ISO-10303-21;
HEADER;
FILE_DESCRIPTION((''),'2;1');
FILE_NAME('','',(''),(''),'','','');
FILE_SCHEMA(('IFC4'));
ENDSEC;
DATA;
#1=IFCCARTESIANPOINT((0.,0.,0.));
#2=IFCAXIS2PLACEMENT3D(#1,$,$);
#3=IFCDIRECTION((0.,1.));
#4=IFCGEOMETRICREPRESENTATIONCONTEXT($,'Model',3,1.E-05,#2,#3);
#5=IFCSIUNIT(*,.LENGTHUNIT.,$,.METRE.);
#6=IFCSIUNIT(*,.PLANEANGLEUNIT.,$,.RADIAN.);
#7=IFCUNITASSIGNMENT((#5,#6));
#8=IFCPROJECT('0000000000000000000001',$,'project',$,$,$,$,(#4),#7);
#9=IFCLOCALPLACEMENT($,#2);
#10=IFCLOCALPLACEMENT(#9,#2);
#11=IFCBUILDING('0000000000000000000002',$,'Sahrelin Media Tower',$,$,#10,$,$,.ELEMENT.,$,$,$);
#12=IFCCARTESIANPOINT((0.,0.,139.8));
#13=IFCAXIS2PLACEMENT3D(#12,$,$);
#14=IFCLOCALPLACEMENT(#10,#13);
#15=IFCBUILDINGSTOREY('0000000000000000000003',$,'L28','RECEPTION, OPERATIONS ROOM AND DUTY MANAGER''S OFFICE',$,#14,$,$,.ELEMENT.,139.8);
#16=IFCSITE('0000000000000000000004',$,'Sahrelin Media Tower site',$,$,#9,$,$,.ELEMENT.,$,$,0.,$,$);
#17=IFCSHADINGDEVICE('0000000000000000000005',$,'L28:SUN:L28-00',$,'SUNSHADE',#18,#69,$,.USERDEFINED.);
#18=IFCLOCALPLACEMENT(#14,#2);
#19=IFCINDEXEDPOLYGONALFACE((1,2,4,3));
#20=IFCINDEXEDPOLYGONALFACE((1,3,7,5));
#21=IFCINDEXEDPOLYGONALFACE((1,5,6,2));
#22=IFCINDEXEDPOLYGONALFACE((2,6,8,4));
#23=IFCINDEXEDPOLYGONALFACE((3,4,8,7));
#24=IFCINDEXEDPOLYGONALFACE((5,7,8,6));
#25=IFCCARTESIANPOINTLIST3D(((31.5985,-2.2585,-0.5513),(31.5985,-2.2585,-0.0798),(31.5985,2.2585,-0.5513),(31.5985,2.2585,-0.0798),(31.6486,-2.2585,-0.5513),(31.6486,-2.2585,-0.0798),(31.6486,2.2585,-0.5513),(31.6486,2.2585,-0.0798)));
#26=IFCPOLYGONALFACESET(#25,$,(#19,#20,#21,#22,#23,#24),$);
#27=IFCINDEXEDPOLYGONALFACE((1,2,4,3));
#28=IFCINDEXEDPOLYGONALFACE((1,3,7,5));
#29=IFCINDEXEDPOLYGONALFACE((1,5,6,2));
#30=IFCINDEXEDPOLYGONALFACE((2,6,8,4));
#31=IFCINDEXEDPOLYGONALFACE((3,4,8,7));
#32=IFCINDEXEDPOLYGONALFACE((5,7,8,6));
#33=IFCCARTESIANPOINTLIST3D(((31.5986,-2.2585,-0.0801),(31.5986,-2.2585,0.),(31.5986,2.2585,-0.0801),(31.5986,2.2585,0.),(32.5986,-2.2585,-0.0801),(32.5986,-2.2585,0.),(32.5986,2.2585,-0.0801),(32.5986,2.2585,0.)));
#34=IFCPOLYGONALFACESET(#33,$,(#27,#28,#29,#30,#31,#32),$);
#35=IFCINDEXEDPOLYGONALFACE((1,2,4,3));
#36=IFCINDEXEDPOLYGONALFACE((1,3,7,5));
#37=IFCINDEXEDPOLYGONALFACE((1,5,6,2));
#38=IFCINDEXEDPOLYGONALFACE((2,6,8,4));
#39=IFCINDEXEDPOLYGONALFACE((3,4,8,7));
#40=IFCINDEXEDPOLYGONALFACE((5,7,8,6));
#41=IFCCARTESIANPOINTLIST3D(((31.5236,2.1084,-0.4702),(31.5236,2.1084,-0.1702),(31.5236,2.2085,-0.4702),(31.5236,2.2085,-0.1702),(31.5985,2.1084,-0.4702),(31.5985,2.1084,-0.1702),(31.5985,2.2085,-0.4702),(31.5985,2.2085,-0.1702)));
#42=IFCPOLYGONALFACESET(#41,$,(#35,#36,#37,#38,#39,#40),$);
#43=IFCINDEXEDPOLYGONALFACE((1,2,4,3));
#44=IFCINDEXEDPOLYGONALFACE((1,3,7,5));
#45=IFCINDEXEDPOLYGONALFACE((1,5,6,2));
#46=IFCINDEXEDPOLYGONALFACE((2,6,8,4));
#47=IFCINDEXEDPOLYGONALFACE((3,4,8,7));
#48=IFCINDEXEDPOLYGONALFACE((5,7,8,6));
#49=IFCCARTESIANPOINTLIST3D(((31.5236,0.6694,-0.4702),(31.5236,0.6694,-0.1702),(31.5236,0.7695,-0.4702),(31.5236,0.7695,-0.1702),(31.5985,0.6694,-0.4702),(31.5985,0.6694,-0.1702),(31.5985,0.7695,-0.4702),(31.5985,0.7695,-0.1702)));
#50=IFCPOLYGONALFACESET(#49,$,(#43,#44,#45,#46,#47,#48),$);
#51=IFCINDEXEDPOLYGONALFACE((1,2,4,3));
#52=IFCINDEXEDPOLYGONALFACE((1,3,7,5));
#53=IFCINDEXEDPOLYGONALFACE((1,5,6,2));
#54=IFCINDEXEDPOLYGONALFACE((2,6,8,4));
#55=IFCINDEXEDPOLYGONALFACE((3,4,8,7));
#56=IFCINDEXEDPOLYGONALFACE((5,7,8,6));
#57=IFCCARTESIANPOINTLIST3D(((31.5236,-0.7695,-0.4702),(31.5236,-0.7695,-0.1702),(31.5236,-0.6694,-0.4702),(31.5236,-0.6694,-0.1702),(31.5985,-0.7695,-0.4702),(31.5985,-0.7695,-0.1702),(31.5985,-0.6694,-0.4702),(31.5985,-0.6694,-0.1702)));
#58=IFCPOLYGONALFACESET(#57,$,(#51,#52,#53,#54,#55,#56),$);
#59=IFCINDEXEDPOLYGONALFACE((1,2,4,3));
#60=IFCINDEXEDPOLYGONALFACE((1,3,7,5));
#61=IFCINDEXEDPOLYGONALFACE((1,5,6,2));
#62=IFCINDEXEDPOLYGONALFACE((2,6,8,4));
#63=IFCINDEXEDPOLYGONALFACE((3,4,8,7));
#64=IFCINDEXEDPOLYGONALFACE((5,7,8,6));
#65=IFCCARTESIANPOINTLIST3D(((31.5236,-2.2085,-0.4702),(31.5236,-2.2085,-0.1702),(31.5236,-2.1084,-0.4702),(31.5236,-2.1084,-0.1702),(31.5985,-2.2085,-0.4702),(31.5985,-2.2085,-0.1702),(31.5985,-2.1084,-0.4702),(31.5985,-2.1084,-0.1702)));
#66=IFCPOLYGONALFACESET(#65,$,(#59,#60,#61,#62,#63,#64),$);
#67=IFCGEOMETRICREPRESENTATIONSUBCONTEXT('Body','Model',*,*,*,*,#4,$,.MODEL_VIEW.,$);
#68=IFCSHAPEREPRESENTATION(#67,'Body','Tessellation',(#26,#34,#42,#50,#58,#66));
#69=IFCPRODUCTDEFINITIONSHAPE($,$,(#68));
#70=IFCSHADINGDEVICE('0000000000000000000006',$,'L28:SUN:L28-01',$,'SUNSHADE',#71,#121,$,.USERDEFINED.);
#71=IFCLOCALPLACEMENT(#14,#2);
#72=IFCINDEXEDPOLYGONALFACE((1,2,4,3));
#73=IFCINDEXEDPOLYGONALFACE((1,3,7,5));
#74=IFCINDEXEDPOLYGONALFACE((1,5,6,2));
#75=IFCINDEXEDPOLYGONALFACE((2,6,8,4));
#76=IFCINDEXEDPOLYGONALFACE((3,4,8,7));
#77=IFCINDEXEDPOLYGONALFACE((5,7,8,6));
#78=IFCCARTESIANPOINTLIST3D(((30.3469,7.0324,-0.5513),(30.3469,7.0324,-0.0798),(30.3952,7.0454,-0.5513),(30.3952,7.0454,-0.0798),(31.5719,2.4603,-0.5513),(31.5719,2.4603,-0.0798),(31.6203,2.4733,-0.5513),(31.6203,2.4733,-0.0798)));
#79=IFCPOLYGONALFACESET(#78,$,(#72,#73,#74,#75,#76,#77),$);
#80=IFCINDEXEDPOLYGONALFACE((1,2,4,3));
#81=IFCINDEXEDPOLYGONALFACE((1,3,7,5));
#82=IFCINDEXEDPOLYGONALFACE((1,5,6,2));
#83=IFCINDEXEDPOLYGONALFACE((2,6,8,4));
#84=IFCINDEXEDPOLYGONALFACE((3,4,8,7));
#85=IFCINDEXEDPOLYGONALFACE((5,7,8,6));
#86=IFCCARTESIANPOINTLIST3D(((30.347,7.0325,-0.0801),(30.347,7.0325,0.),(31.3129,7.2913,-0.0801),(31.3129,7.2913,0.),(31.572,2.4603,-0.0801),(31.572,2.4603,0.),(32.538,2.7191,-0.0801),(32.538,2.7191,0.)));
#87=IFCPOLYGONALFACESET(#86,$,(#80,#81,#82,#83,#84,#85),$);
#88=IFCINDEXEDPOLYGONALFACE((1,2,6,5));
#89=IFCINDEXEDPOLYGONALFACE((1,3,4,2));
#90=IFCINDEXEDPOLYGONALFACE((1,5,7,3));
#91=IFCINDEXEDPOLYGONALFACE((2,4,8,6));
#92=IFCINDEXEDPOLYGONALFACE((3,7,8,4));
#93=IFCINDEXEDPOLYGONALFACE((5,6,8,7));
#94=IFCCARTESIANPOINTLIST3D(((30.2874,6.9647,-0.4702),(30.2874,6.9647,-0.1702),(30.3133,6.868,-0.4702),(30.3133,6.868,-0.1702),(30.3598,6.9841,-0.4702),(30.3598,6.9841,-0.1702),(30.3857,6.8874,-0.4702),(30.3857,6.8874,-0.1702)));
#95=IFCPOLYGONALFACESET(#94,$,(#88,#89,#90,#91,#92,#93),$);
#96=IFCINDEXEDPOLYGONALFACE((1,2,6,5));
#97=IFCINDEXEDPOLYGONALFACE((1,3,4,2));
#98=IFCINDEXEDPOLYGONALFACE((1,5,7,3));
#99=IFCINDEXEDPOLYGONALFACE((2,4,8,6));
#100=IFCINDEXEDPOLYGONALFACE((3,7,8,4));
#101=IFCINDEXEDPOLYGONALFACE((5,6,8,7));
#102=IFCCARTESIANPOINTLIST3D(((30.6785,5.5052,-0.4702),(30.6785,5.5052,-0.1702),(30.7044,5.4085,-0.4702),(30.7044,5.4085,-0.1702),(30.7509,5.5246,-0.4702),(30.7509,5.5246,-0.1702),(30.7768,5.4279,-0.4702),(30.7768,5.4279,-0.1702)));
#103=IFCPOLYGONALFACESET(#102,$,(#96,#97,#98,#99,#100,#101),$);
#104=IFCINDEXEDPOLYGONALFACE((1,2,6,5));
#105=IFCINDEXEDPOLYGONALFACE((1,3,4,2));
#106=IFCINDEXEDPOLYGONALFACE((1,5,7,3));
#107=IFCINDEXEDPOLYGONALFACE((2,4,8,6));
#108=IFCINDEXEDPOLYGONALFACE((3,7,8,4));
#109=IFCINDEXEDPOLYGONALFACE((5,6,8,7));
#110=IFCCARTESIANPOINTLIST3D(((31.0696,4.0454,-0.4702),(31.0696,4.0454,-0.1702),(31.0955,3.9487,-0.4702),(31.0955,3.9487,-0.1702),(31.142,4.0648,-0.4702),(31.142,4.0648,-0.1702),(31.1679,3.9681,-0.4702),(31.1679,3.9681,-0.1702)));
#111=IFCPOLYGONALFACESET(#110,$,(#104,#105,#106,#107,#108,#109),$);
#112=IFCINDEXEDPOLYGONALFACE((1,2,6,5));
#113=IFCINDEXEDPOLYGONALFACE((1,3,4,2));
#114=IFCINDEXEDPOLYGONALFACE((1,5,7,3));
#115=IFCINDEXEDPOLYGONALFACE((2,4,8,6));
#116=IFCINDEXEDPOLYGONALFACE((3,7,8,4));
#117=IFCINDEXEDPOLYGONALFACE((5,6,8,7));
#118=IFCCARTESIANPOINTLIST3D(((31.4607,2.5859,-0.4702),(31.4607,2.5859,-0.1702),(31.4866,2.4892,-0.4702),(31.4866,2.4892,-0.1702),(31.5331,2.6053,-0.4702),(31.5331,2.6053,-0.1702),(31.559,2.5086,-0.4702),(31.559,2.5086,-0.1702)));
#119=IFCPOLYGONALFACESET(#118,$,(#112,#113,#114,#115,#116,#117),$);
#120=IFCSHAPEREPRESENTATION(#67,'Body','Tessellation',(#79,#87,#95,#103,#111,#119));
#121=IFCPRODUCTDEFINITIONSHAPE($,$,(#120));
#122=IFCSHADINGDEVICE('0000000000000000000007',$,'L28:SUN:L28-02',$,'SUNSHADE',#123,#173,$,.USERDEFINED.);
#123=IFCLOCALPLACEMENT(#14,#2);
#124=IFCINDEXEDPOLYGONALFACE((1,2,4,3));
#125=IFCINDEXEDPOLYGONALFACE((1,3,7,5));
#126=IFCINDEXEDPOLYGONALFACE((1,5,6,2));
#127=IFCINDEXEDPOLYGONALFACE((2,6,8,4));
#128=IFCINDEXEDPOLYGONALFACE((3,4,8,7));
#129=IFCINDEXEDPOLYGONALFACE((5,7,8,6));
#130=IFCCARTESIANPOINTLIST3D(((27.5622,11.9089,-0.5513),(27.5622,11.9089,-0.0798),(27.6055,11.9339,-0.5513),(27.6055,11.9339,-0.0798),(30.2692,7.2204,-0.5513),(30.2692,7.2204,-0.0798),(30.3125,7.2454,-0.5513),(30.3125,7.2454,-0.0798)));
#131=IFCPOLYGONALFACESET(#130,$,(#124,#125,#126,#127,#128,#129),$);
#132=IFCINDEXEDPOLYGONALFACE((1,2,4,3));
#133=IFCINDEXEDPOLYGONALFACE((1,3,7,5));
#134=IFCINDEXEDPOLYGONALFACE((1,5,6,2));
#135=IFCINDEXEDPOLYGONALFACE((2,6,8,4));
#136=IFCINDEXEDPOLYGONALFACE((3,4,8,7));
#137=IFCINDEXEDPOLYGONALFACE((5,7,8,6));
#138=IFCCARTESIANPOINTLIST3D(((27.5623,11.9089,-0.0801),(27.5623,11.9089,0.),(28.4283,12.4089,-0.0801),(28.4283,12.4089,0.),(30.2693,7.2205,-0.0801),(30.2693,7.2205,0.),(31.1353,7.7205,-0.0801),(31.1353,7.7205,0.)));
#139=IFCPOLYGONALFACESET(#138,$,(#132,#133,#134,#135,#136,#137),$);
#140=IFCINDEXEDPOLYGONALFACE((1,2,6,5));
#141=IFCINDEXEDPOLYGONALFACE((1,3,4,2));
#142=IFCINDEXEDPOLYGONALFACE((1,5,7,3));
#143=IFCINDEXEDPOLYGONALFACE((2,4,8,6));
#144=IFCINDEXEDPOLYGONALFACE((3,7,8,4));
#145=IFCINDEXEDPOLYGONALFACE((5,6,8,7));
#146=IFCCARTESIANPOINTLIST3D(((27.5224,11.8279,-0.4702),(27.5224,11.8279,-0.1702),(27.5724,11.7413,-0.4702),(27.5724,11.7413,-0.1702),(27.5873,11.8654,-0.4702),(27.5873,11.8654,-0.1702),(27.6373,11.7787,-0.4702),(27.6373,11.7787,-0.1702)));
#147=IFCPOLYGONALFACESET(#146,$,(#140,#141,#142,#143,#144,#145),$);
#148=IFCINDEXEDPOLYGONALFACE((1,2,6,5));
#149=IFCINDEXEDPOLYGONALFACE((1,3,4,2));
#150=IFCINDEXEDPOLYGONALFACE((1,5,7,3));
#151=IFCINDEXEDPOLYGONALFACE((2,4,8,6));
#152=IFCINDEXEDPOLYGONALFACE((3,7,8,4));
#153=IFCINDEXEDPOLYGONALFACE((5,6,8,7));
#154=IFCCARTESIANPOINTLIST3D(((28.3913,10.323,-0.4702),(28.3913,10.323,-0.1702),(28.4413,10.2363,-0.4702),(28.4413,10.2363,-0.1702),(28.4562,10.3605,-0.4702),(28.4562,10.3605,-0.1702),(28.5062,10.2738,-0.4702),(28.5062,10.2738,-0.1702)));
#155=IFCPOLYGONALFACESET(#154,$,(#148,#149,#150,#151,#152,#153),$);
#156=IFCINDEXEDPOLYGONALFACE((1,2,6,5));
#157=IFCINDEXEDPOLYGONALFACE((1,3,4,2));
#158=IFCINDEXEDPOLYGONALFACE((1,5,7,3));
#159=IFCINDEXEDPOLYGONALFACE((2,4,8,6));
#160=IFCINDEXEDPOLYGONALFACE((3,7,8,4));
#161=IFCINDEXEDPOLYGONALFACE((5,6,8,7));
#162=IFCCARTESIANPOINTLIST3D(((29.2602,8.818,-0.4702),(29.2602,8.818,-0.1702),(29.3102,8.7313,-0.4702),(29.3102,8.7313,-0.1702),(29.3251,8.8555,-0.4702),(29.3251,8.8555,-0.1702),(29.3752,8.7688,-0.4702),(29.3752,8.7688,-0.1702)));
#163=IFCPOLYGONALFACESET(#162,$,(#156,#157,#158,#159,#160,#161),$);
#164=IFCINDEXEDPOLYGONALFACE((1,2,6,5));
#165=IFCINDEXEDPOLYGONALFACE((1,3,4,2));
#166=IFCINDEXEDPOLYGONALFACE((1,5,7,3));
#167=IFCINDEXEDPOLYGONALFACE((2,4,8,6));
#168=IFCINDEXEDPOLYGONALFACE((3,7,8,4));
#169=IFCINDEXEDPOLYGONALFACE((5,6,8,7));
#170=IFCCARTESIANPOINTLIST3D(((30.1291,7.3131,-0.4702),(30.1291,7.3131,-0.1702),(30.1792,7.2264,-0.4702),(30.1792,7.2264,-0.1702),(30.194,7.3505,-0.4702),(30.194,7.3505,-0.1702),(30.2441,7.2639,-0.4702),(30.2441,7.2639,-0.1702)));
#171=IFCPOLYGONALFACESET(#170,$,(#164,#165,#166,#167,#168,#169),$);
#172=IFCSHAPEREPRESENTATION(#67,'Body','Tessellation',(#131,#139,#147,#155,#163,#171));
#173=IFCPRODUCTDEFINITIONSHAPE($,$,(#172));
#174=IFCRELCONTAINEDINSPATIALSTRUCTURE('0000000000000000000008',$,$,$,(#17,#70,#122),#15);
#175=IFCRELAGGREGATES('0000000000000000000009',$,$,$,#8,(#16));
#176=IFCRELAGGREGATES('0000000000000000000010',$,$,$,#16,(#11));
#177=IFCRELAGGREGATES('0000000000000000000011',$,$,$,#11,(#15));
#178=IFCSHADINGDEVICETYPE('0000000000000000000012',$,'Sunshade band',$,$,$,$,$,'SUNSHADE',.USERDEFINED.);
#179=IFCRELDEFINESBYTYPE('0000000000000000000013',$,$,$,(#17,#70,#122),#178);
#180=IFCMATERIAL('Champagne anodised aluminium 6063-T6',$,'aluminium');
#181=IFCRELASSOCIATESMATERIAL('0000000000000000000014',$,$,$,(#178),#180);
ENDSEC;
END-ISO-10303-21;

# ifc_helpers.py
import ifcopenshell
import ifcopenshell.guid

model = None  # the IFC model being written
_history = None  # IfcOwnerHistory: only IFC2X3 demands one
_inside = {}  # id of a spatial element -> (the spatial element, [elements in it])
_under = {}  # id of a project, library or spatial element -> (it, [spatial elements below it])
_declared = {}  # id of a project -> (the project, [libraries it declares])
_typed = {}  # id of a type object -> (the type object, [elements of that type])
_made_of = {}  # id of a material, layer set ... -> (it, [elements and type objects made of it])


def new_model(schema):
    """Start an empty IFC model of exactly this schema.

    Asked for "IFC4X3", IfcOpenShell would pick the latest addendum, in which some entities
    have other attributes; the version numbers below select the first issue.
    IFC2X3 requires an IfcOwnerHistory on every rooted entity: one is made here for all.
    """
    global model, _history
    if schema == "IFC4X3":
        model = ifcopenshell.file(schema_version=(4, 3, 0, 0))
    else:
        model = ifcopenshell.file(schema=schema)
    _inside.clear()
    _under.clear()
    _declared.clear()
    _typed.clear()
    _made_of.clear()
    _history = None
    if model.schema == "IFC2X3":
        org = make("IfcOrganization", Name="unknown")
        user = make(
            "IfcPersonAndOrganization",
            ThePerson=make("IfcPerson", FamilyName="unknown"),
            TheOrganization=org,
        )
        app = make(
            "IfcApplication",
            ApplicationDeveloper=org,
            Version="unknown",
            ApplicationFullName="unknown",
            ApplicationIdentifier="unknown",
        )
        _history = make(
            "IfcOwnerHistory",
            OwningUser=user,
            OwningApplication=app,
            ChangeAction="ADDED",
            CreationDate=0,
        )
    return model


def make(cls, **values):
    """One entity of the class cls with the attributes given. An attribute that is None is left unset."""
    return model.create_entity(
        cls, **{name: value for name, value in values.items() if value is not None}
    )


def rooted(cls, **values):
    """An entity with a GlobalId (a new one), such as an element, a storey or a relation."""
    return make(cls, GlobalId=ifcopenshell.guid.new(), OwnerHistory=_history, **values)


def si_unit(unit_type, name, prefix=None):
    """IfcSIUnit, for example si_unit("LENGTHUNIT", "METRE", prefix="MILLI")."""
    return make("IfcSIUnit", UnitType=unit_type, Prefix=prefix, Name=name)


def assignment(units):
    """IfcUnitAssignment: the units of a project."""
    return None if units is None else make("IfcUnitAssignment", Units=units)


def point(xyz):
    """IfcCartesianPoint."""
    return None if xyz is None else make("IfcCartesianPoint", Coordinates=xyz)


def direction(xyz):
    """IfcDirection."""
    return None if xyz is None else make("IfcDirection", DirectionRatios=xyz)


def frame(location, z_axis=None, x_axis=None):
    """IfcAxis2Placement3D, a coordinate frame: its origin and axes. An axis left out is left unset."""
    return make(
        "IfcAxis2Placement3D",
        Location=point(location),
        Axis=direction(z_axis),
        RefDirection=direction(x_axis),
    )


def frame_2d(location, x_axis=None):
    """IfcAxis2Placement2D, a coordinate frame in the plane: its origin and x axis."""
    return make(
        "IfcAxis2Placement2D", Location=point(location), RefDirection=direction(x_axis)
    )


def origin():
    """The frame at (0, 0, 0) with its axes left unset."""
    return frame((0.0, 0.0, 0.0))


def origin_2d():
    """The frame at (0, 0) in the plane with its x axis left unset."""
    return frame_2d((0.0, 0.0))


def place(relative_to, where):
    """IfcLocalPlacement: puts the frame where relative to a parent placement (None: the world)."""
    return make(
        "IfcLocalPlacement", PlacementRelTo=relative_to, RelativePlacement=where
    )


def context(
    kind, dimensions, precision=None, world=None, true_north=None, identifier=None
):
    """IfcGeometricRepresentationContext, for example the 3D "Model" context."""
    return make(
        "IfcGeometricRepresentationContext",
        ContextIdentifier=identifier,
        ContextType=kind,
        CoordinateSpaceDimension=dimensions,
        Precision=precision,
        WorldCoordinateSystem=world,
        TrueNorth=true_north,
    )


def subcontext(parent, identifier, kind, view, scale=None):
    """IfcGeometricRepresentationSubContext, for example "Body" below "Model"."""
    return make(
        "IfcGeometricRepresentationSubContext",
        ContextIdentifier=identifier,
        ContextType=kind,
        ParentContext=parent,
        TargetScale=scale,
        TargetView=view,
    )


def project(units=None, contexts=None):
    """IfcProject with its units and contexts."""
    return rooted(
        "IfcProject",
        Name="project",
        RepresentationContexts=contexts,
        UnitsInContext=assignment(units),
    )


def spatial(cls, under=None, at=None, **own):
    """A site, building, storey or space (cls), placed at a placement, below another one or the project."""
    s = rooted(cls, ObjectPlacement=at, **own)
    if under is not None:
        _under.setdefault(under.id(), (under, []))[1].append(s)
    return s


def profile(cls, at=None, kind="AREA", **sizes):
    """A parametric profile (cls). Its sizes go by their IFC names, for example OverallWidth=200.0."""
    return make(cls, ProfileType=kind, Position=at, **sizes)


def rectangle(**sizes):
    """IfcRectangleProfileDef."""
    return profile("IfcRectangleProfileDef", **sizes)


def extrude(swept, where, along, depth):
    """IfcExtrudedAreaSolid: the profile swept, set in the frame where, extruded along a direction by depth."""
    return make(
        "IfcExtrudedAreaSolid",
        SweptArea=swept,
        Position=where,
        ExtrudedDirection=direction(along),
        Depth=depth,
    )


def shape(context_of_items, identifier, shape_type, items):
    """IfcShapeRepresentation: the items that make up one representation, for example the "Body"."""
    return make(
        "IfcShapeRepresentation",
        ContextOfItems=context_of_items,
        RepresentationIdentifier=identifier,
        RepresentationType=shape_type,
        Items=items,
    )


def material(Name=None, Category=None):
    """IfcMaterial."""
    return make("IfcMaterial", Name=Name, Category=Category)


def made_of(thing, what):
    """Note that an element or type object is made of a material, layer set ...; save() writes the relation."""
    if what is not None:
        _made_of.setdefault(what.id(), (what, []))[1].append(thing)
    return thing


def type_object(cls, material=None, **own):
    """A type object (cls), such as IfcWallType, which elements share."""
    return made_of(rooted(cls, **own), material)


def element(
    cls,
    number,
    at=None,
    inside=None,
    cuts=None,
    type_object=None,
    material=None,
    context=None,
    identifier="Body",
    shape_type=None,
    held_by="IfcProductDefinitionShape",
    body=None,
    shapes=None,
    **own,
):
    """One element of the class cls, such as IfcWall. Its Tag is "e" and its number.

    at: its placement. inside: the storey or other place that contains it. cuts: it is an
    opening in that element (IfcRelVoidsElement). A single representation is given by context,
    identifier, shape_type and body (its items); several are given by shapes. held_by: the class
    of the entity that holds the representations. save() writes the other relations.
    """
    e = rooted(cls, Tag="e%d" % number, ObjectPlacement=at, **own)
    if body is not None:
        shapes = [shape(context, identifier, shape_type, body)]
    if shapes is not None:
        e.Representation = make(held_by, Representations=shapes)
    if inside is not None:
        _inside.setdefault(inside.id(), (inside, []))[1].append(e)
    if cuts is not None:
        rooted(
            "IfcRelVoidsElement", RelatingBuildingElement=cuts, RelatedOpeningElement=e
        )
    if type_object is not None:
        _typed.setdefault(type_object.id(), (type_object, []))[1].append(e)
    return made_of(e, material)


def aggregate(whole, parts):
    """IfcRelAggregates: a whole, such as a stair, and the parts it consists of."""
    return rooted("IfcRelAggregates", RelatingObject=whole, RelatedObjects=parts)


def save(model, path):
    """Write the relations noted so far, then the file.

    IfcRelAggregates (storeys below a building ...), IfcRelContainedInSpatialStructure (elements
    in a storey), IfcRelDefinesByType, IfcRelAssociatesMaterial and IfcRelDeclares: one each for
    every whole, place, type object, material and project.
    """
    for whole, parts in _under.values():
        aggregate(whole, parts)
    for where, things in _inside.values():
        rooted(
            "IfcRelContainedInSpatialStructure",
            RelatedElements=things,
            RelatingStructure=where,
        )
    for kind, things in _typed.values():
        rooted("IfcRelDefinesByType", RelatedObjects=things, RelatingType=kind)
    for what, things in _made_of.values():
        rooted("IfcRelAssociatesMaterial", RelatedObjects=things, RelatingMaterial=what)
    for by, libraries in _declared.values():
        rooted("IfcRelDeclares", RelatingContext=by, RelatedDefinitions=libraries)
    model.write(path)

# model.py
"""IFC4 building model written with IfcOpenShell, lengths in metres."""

from ifc_helpers import new_model, si_unit, direction, frame, origin, origin_2d, place, context, subcontext, project, spatial, rectangle, extrude, material, type_object, element, save


model = new_model("IFC4")

# Units and contexts
model_context = context("Model", 3, precision=1e-05, world=origin(), true_north=direction((0.0, 1.0)))
body_context = subcontext(model_context, "Body", "Model", "MODEL_VIEW")
ifc_project = project(units=[si_unit("LENGTHUNIT", "METRE"), si_unit("PLANEANGLEUNIT", "RADIAN")], contexts=[model_context])

# Site, building, storey
site_placement = place(None, origin())
site = spatial("IfcSite", under=ifc_project, at=site_placement, Name="Sahrelin Media Tower site", CompositionType="ELEMENT", RefElevation=0.0)
building_placement = place(site_placement, origin())
building = spatial("IfcBuilding", under=site, at=building_placement, Name="Sahrelin Media Tower", CompositionType="ELEMENT")
storey_placement = place(building_placement, frame((0.0, 0.0, 139.8)))
storey = spatial("IfcBuildingStorey", under=building, at=storey_placement, Name="L28", Description="RECEPTION, OPERATIONS ROOM AND DUTY MANAGER'S OFFICE", CompositionType="ELEMENT", Elevation=139.8)

# Shared definitions
ifc_material_1 = material(Name="Champagne anodised aluminium 6063-T6", Category="aluminium")

# Shading devices
placement_1 = place(storey_placement, frame((31.5786, 0.0, 0.0), z_axis=(0.0, 0.0, 1.0), x_axis=(0.0, -1.0, 0.0)))
placement_2 = place(storey_placement, frame((30.9402, 4.7412, 0.0), z_axis=(0.0, 0.0, 1.0), x_axis=(0.258808, -0.965929, 0.0)))
placement_3 = place(storey_placement, frame((28.8984, 9.5547, 0.0), z_axis=(0.0, 0.0, 1.0), x_axis=(0.500011, -0.866019, 0.0)))
shading_device_type_1 = type_object("IfcShadingDeviceType", Name="Sunshade band", ElementType="SUNSHADE", PredefinedType="USERDEFINED", material=ifc_material_1)
element("IfcShadingDevice", 1, at=placement_1, inside=storey, type_object=shading_device_type_1, Name="L28:SUN:L28-00", ObjectType="SUNSHADE", PredefinedType="USERDEFINED", context=body_context, shape_type="SweptSolid", body=[
    extrude(rectangle(XDim=4.5171, YDim=0.05, at=origin_2d()), frame((0.0, 0.0449, -0.5513)), (0.0, 0.0, 1.0), 0.4714),
    extrude(rectangle(XDim=4.5171, YDim=1.0, at=origin_2d()), frame((0.0, 0.52, -0.0801)), (0.0, 0.0, 1.0), 0.0801),
    extrude(rectangle(XDim=0.1001, YDim=0.075, at=origin_2d()), frame((-2.1584, -0.0176, -0.4702)), (0.0, 0.0, 1.0), 0.3),
    extrude(rectangle(XDim=0.1001, YDim=0.075, at=origin_2d()), frame((-0.7195, -0.0176, -0.4702)), (0.0, 0.0, 1.0), 0.3),
    extrude(rectangle(XDim=0.1001, YDim=0.075, at=origin_2d()), frame((0.7195, -0.0176, -0.4702)), (0.0, 0.0, 1.0), 0.3),
    extrude(rectangle(XDim=0.1001, YDim=0.075, at=origin_2d()), frame((2.1584, -0.0176, -0.4702)), (0.0, 0.0, 1.0), 0.3),
])
element("IfcShadingDevice", 2, at=placement_2, inside=storey, type_object=shading_device_type_1, Name="L28:SUN:L28-01", ObjectType="SUNSHADE", PredefinedType="USERDEFINED", context=body_context, shape_type="SweptSolid", body=[
    extrude(rectangle(XDim=4.7334, YDim=0.05, at=origin_2d()), frame((0.0, 0.0449, -0.5513)), (0.0, 0.0, 1.0), 0.4714),
    extrude(rectangle(XDim=4.7334, YDim=1.0, at=origin_2d()), frame((0.0, 0.52, -0.0801)), (0.0, 0.0, 1.0), 0.0801),
    extrude(rectangle(XDim=0.1001, YDim=0.075, at=origin_2d()), frame((-2.2666, -0.0176, -0.4702)), (0.0, 0.0, 1.0), 0.3),
    extrude(rectangle(XDim=0.1001, YDim=0.075, at=origin_2d()), frame((-0.7556, -0.0176, -0.4702)), (0.0, 0.0, 1.0), 0.3),
    extrude(rectangle(XDim=0.1001, YDim=0.075, at=origin_2d()), frame((0.7556, -0.0176, -0.4702)), (0.0, 0.0, 1.0), 0.3),
    extrude(rectangle(XDim=0.1001, YDim=0.075, at=origin_2d()), frame((2.2666, -0.0176, -0.4702)), (0.0, 0.0, 1.0), 0.3),
])
element("IfcShadingDevice", 3, at=placement_3, inside=storey, type_object=shading_device_type_1, Name="L28:SUN:L28-02", ObjectType="SUNSHADE", PredefinedType="USERDEFINED", context=body_context, shape_type="SweptSolid", body=[
    extrude(rectangle(XDim=5.4138, YDim=0.05, at=origin_2d()), frame((0.0, 0.0449, -0.5513)), (0.0, 0.0, 1.0), 0.4714),
    extrude(rectangle(XDim=5.4138, YDim=1.0, at=origin_2d()), frame((0.0, 0.52, -0.0801)), (0.0, 0.0, 1.0), 0.0801),
    extrude(rectangle(XDim=0.1001, YDim=0.075, at=origin_2d()), frame((-2.6067, -0.0176, -0.4702)), (0.0, 0.0, 1.0), 0.3),
    extrude(rectangle(XDim=0.1001, YDim=0.075, at=origin_2d()), frame((-0.8689, -0.0176, -0.4702)), (0.0, 0.0, 1.0), 0.3),
    extrude(rectangle(XDim=0.1001, YDim=0.075, at=origin_2d()), frame((0.8689, -0.0176, -0.4702)), (0.0, 0.0, 1.0), 0.3),
    extrude(rectangle(XDim=0.1001, YDim=0.075, at=origin_2d()), frame((2.6067, -0.0176, -0.4702)), (0.0, 0.0, 1.0), 0.3),
])

save(model, "model.ifc")
